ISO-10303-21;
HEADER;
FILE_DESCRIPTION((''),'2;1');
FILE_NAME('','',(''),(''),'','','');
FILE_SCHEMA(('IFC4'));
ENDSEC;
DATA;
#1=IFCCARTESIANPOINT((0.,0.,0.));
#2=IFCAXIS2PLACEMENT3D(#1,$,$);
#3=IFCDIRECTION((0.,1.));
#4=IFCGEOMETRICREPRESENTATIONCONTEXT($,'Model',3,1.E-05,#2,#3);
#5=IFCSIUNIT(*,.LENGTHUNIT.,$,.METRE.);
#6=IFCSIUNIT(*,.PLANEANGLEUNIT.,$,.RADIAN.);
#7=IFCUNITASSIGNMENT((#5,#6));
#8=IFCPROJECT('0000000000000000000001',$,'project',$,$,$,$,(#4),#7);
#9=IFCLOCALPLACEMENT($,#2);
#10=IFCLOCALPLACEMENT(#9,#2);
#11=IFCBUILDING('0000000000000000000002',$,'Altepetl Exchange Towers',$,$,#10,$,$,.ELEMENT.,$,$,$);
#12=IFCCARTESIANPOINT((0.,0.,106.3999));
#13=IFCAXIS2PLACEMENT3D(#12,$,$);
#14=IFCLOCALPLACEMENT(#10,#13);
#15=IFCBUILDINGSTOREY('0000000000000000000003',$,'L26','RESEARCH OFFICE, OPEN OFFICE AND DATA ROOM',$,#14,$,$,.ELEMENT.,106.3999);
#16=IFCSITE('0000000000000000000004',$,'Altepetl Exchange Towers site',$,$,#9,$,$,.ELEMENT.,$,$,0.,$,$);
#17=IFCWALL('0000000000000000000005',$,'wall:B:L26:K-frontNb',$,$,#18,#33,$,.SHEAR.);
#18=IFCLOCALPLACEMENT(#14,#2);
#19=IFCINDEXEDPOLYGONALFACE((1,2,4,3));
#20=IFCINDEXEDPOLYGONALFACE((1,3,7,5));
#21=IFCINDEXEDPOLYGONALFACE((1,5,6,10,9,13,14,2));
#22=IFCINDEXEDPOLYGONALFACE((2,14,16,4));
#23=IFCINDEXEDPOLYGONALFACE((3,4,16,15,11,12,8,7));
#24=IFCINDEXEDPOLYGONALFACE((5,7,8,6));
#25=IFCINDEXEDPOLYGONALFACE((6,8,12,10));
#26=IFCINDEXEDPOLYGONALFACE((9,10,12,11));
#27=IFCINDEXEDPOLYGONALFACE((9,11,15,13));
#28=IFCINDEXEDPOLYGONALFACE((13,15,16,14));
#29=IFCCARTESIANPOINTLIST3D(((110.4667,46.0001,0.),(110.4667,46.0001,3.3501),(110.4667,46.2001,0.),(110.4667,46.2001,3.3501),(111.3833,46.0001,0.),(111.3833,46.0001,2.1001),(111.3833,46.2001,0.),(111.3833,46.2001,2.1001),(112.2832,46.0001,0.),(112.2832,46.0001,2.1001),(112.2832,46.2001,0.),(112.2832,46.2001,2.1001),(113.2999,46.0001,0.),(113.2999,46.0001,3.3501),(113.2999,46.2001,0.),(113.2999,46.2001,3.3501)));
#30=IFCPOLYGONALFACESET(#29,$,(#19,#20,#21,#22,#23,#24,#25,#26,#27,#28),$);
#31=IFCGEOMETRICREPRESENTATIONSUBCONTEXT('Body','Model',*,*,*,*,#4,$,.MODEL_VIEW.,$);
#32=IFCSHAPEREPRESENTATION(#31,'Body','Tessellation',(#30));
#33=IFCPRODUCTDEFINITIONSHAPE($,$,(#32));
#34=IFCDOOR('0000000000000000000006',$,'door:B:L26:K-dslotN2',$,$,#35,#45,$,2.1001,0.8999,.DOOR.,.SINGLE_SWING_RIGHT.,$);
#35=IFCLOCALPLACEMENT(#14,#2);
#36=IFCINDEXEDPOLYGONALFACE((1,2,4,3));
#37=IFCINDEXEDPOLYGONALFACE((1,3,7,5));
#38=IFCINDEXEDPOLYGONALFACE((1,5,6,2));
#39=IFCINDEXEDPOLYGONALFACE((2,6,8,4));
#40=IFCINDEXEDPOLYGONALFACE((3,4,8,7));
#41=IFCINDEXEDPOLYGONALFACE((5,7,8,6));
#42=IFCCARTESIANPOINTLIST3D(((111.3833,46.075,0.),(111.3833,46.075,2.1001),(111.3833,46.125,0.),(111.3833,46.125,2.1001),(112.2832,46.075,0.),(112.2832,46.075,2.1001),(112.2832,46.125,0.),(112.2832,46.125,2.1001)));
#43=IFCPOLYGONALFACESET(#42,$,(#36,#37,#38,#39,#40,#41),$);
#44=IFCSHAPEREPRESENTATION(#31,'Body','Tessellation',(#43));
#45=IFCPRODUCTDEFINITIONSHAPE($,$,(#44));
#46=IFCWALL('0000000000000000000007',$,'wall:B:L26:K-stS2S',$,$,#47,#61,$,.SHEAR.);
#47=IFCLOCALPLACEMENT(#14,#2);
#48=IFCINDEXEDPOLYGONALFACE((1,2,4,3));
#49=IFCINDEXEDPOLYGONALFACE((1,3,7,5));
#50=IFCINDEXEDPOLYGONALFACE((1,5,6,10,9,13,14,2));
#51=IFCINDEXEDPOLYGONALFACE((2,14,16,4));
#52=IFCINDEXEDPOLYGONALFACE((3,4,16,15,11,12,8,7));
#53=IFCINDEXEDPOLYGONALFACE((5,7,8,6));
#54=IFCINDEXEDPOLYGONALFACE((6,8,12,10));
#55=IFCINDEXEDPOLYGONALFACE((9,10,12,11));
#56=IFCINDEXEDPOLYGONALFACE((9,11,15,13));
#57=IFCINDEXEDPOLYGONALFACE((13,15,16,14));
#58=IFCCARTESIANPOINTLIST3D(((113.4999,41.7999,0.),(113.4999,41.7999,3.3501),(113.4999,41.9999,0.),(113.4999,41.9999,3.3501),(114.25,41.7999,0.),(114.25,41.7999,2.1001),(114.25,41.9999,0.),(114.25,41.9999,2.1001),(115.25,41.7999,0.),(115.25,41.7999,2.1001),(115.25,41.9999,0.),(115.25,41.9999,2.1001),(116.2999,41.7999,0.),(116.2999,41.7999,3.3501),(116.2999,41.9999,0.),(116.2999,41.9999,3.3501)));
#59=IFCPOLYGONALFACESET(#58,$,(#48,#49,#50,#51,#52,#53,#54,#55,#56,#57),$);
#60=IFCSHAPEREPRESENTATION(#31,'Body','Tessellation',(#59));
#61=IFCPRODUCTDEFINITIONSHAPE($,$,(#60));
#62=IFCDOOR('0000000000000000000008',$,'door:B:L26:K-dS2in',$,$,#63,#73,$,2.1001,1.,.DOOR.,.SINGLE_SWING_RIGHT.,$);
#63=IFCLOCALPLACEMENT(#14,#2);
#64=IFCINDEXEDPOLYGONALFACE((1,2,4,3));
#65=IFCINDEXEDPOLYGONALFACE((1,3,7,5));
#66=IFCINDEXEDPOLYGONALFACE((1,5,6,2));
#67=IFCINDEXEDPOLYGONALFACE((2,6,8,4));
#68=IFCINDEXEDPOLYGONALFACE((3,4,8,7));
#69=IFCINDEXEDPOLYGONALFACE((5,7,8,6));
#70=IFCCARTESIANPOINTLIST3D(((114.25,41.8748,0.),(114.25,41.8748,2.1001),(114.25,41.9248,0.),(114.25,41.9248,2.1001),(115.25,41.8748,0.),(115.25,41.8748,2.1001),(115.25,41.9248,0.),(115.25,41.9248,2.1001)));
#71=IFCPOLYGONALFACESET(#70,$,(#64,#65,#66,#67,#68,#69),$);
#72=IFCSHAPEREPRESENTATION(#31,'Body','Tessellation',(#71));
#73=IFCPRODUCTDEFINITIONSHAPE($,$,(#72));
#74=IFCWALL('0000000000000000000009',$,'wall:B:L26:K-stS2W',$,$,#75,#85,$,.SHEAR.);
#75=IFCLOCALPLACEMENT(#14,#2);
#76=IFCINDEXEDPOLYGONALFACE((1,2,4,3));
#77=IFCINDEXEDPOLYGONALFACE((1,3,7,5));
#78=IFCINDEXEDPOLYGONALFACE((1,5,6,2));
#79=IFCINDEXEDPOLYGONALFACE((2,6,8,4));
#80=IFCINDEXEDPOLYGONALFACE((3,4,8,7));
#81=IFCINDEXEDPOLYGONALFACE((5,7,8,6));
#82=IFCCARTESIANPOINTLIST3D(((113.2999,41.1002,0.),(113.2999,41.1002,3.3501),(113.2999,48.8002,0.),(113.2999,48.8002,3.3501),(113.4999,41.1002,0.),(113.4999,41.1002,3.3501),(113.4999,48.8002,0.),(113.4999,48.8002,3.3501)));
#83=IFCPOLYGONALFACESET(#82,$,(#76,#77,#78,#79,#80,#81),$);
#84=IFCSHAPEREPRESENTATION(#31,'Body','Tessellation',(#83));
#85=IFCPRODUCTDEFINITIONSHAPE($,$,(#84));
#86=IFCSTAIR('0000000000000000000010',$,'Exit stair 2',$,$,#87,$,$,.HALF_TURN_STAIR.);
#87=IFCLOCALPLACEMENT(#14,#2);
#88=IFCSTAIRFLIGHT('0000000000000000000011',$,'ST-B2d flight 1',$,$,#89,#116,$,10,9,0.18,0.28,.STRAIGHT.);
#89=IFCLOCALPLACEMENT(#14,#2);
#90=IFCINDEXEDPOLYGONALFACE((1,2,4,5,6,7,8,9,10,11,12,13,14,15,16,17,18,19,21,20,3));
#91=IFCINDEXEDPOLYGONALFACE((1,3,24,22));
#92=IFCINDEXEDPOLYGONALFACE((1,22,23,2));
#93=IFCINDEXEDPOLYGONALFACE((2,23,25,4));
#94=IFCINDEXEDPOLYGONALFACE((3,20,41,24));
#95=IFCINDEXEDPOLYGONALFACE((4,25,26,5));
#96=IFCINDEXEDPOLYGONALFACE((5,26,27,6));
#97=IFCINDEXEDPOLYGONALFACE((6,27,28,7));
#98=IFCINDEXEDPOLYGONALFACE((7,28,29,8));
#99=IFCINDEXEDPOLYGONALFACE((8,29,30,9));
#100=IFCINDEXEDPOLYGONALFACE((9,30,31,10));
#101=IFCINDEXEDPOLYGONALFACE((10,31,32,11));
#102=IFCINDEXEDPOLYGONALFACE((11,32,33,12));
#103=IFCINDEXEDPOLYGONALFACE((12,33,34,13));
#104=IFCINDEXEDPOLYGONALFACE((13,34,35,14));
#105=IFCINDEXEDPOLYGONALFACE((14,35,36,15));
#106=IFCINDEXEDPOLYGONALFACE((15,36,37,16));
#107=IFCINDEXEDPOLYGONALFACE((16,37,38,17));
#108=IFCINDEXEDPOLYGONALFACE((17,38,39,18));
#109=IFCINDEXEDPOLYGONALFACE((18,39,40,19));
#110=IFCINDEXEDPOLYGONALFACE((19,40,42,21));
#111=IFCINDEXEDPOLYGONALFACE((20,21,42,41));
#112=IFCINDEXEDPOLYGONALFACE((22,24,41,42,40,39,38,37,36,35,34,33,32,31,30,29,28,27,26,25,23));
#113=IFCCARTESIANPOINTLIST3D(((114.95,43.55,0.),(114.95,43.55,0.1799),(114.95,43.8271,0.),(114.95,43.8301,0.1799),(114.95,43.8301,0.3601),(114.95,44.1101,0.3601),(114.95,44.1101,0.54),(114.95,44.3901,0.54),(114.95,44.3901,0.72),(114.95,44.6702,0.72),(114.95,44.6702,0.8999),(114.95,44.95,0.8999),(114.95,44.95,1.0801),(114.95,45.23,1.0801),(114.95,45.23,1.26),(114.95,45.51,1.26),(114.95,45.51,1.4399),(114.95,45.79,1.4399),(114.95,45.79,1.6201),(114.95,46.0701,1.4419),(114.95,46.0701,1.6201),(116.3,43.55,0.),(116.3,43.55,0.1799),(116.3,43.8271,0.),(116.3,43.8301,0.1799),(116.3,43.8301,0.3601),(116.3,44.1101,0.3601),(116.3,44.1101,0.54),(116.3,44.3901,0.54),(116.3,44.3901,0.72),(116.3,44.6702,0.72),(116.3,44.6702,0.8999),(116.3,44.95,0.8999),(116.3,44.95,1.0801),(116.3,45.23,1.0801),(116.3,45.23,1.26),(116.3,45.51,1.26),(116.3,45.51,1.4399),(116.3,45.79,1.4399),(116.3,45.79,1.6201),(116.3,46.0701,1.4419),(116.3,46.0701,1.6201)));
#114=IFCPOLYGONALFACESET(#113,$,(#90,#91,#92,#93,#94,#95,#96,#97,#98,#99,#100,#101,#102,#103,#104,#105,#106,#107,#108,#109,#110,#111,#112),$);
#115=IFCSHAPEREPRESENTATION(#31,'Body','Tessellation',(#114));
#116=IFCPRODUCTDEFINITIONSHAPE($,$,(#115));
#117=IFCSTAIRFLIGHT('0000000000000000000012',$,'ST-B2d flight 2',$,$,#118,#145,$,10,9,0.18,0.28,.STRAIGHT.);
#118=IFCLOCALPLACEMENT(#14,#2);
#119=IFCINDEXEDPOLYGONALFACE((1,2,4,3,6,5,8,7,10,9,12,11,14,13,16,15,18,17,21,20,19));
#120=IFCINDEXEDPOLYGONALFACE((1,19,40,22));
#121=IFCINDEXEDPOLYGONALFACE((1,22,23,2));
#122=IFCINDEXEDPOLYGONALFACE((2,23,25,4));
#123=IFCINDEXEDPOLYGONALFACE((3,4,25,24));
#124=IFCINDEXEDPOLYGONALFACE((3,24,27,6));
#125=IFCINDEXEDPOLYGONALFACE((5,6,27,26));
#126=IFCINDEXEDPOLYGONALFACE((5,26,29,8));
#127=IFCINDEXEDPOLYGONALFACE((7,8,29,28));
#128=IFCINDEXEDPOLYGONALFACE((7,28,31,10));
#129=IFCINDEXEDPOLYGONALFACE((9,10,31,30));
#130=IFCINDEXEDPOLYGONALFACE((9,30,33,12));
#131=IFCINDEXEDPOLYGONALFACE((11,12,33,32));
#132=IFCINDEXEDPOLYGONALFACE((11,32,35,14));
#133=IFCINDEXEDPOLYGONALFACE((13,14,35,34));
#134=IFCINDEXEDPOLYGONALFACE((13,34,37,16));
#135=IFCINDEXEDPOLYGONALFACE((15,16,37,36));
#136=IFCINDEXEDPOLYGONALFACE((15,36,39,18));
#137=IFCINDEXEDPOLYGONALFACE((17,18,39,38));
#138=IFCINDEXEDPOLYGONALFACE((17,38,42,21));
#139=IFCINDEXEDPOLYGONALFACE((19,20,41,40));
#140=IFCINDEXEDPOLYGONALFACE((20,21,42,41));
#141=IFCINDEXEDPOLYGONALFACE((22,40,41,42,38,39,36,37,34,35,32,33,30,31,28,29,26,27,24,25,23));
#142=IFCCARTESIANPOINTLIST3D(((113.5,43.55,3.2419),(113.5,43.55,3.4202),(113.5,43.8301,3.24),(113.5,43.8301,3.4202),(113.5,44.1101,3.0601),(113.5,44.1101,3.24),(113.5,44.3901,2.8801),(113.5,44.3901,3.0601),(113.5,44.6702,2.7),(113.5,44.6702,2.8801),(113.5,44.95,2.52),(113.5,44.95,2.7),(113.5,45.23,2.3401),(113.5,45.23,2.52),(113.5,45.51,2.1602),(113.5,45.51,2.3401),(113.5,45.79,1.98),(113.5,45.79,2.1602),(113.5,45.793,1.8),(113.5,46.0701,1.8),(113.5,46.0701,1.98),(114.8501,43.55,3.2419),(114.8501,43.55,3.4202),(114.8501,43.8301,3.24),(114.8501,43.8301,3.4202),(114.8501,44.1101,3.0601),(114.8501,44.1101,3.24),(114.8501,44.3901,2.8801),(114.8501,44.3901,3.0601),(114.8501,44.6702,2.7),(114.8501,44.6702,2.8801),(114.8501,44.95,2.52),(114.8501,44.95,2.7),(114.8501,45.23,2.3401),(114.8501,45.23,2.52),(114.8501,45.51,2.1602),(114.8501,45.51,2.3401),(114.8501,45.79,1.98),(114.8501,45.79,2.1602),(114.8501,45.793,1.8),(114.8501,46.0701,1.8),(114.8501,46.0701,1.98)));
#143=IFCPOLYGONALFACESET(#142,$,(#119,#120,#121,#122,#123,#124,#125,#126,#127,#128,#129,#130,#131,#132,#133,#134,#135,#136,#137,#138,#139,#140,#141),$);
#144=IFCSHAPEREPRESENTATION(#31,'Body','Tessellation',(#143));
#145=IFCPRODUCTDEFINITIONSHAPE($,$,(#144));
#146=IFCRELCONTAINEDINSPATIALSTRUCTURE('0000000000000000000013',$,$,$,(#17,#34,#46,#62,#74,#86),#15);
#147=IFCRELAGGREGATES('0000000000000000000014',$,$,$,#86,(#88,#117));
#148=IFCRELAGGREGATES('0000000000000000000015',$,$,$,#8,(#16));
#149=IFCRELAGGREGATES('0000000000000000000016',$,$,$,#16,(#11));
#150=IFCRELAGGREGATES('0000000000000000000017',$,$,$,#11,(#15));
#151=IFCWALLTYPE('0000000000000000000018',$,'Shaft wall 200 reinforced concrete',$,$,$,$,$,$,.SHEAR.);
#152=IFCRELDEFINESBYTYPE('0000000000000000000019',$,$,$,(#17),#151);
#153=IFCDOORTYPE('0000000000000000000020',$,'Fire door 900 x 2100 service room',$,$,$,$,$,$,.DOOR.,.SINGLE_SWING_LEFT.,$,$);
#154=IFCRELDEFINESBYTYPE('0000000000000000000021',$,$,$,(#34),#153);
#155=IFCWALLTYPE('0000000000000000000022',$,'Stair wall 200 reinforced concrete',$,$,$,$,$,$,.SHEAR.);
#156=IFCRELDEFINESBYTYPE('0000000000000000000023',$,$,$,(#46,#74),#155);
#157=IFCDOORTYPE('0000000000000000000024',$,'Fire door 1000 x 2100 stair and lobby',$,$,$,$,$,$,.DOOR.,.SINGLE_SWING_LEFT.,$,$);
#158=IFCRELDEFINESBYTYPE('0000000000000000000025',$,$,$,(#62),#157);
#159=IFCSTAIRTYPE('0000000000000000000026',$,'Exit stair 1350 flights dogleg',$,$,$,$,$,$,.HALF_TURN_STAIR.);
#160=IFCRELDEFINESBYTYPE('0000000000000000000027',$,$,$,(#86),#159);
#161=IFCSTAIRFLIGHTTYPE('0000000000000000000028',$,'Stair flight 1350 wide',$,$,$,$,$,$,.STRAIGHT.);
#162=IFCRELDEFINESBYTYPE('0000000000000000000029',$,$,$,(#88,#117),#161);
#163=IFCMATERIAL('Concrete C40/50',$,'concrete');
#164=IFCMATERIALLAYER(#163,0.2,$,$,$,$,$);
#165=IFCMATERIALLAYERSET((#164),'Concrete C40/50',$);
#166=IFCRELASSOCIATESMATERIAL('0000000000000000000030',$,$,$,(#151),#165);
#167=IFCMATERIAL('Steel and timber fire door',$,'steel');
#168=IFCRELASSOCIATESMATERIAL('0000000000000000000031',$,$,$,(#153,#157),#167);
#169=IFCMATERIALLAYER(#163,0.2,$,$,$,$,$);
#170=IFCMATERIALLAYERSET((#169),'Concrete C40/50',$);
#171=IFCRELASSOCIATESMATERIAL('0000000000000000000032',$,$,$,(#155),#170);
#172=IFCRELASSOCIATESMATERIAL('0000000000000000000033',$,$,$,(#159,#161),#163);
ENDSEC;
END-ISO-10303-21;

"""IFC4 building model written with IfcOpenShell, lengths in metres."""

from ifc_helpers import new_model, si_unit, direction, frame, frame_2d, origin, place, context, subcontext, project, spatial, polyline, rectangle, outline, extrude, material, layer, layer_set, type_object, element, fill, aggregate, save


model = new_model("IFC4")

# Units and contexts
model_context = context("Model", 3, precision=1e-05, world=origin(), true_north=direction((0.0, 1.0)))
body_context = subcontext(model_context, "Body", "Model", "MODEL_VIEW")
ifc_project = project(units=[si_unit("LENGTHUNIT", "METRE"), si_unit("PLANEANGLEUNIT", "RADIAN")], contexts=[model_context])

# Site, building, storey
site_placement = place(None, origin())
site = spatial("IfcSite", under=ifc_project, at=site_placement, Name="Altepetl Exchange Towers site", CompositionType="ELEMENT", RefElevation=0.0)
building_placement = place(site_placement, origin())
building = spatial("IfcBuilding", under=site, at=building_placement, Name="Altepetl Exchange Towers", CompositionType="ELEMENT")
storey_placement = place(building_placement, frame((0.0, 0.0, 106.3999)))
storey = spatial("IfcBuildingStorey", under=building, at=storey_placement, Name="L26", Description="RESEARCH OFFICE, OPEN OFFICE AND DATA ROOM", CompositionType="ELEMENT", Elevation=106.3999)

# Shared definitions
ifc_material_1 = material(Name="Concrete C40/50", Category="concrete")
ifc_layer_1 = layer(ifc_material_1, 0.2)
ifc_layer_set_1 = layer_set([ifc_layer_1], Name="Concrete C40/50")
wall_type_1 = type_object("IfcWallType", Name="Shaft wall 200 reinforced concrete", PredefinedType="SHEAR", material=ifc_layer_set_1)

# Walls, openings, doors
wall_1_placement = place(storey_placement, frame((110.4668, 46.1001, 0.0)))
wall_1 = element("IfcWall", 1, at=wall_1_placement, inside=storey, type_object=wall_type_1, Name="wall:B:L26:K-frontNb", PredefinedType="SHEAR", context=body_context, shape_type="SweptSolid", body=[
    extrude(rectangle(XDim=2.8333, YDim=0.2, at=frame_2d((1.4165, 0.0))), origin(), (0.0, 0.0, 1.0), 3.3501),
])
opening_1_placement = place(wall_1_placement, frame((0.9165, 0.0, 0.0)))
opening_1 = element("IfcOpeningElement", 2, at=opening_1_placement, cuts=wall_1, PredefinedType="OPENING", context=body_context, shape_type="SweptSolid", body=[
    extrude(rectangle(XDim=0.8999, YDim=2.1001, at=frame_2d((0.45, 1.05))), frame((0.0, 0.1099, 0.0), z_axis=(0.0, -1.0, 0.0), x_axis=(1.0, 0.0, 0.0)), (0.0, 0.0, 1.0), 0.22),
])
ifc_material_2 = material(Name="Steel and timber fire door", Category="steel")
door_type_1 = type_object("IfcDoorType", Name="Fire door 900 x 2100 service room", OperationType="SINGLE_SWING_LEFT", PredefinedType="DOOR", material=ifc_material_2)
door_1_placement = place(opening_1_placement, origin())
door_1 = element("IfcDoor", 3, at=door_1_placement, inside=storey, type_object=door_type_1, Name="door:B:L26:K-dslotN2", OperationType="SINGLE_SWING_RIGHT", OverallHeight=2.1001, OverallWidth=0.8999, PredefinedType="DOOR", context=body_context, shape_type="SweptSolid", body=[
    extrude(rectangle(XDim=0.8999, YDim=2.1001, at=frame_2d((0.45, 1.05))), frame((0.0, 0.0249, 0.0), z_axis=(0.0, -1.0, 0.0), x_axis=(1.0, 0.0, 0.0)), (0.0, 0.0, 1.0), 0.05),
])
fill(opening_1, door_1)
ifc_layer_2 = layer(ifc_material_1, 0.2)
ifc_layer_set_2 = layer_set([ifc_layer_2], Name="Concrete C40/50")
wall_type_2 = type_object("IfcWallType", Name="Stair wall 200 reinforced concrete", PredefinedType="SHEAR", material=ifc_layer_set_2)
wall_2_placement = place(storey_placement, frame((113.5, 41.8999, 0.0)))
wall_2 = element("IfcWall", 4, at=wall_2_placement, inside=storey, type_object=wall_type_2, Name="wall:B:L26:K-stS2S", PredefinedType="SHEAR", context=body_context, shape_type="SweptSolid", body=[
    extrude(rectangle(XDim=2.8, YDim=0.2, at=frame_2d((1.3999, 0.0))), origin(), (0.0, 0.0, 1.0), 3.3501),
])
opening_2_placement = place(wall_2_placement, frame((0.75, 0.0, 0.0)))
opening_2 = element("IfcOpeningElement", 5, at=opening_2_placement, cuts=wall_2, PredefinedType="OPENING", context=body_context, shape_type="SweptSolid", body=[
    extrude(rectangle(XDim=1.0, YDim=2.1001, at=frame_2d((0.5, 1.05))), frame((0.0, 0.1099, 0.0), z_axis=(0.0, -1.0, 0.0), x_axis=(1.0, 0.0, 0.0)), (0.0, 0.0, 1.0), 0.22),
])
door_type_2 = type_object("IfcDoorType", Name="Fire door 1000 x 2100 stair and lobby", OperationType="SINGLE_SWING_LEFT", PredefinedType="DOOR", material=ifc_material_2)
door_2_placement = place(opening_2_placement, origin())
door_2 = element("IfcDoor", 6, at=door_2_placement, inside=storey, type_object=door_type_2, Name="door:B:L26:K-dS2in", OperationType="SINGLE_SWING_RIGHT", OverallHeight=2.1001, OverallWidth=1.0, PredefinedType="DOOR", context=body_context, shape_type="SweptSolid", body=[
    extrude(rectangle(XDim=1.0, YDim=2.1001, at=frame_2d((0.5, 1.05))), frame((0.0, 0.0249, 0.0), z_axis=(0.0, -1.0, 0.0), x_axis=(1.0, 0.0, 0.0)), (0.0, 0.0, 1.0), 0.05),
])
fill(opening_2, door_2)

# Wall
wall_3_placement = place(storey_placement, frame((113.3999, 41.1001, 0.0), z_axis=(0.0, 0.0, 1.0), x_axis=(0.0, 1.0, 0.0)))
element("IfcWall", 7, at=wall_3_placement, inside=storey, type_object=wall_type_2, Name="wall:B:L26:K-stS2W", PredefinedType="SHEAR", context=body_context, shape_type="SweptSolid", body=[
    extrude(rectangle(XDim=7.7, YDim=0.2, at=frame_2d((3.8501, 0.0))), origin(), (0.0, 0.0, 1.0), 3.3501),
])

# Stair, stair flights
stair_type = type_object("IfcStairType", Name="Exit stair 1350 flights dogleg", PredefinedType="HALF_TURN_STAIR", material=ifc_material_1)
stair_placement = place(storey_placement, origin())
stair = element("IfcStair", 8, at=stair_placement, inside=storey, type_object=stair_type, Name="Exit stair 2", PredefinedType="HALF_TURN_STAIR")
stair_flight_type = type_object("IfcStairFlightType", Name="Stair flight 1350 wide", PredefinedType="STRAIGHT", material=ifc_material_1)
stair_flight_1_placement = place(storey_placement, frame((115.625, 43.55, 0.0), z_axis=(0.0, 0.0, 1.0), x_axis=(0.0, 1.0, 0.0)))
stair_flight_1 = element("IfcStairFlight", 9, at=stair_flight_1_placement, type_object=stair_flight_type, Name="ST-B2d flight 1", NumberOfRisers=10, NumberOfTreads=9, PredefinedType="STRAIGHT", RiserHeight=0.18, TreadLength=0.28, context=body_context, shape_type="SweptSolid", body=[
    extrude(outline(polyline([(0.0, 0.0), (0.0, 0.1799), (0.28, 0.1799), (0.28, 0.3601), (0.5601, 0.3601), (0.5601, 0.54), (0.8401, 0.54), (0.8401, 0.72), (1.1201, 0.72), (1.1201, 0.8999), (1.3999, 0.8999), (1.3999, 1.0801), (1.6799, 1.0801), (1.6799, 1.26), (1.96, 1.26), (1.96, 1.4399), (2.24, 1.4399), (2.24, 1.6201), (2.52, 1.6201), (2.52, 1.8), (2.52, 1.4419), (0.2771, 0.0), (0.0, 0.0)])), frame((0.0, 0.675, 0.0), z_axis=(0.0, -1.0, 0.0), x_axis=(1.0, 0.0, 0.0)), (0.0, 0.0, 1.0), 1.3501),
])
stair_flight_2_placement = place(storey_placement, frame((114.175, 46.0701, 1.8), z_axis=(0.0, 0.0, 1.0), x_axis=(0.0, -1.0, 0.0)))
stair_flight_2 = element("IfcStairFlight", 10, at=stair_flight_2_placement, type_object=stair_flight_type, Name="ST-B2d flight 2", NumberOfRisers=10, NumberOfTreads=9, PredefinedType="STRAIGHT", RiserHeight=0.18, TreadLength=0.28, context=body_context, shape_type="SweptSolid", body=[
    extrude(outline(polyline([(0.0, 0.0), (0.0, 0.1799), (0.28, 0.1799), (0.28, 0.3601), (0.5601, 0.3601), (0.5601, 0.54), (0.8401, 0.54), (0.8401, 0.72), (1.1201, 0.72), (1.1201, 0.8999), (1.3999, 0.8999), (1.3999, 1.0801), (1.6799, 1.0801), (1.6799, 1.26), (1.96, 1.26), (1.96, 1.4399), (2.24, 1.4399), (2.24, 1.6201), (2.52, 1.6201), (2.52, 1.8), (2.52, 1.4419), (0.2771, 0.0), (0.0, 0.0)])), frame((0.0, 0.675, 0.0), z_axis=(0.0, -1.0, 0.0), x_axis=(1.0, 0.0, 0.0)), (0.0, 0.0, 1.0), 1.3501),
])
aggregate(stair, [stair_flight_1, stair_flight_2])

save(model, "model.ifc")
